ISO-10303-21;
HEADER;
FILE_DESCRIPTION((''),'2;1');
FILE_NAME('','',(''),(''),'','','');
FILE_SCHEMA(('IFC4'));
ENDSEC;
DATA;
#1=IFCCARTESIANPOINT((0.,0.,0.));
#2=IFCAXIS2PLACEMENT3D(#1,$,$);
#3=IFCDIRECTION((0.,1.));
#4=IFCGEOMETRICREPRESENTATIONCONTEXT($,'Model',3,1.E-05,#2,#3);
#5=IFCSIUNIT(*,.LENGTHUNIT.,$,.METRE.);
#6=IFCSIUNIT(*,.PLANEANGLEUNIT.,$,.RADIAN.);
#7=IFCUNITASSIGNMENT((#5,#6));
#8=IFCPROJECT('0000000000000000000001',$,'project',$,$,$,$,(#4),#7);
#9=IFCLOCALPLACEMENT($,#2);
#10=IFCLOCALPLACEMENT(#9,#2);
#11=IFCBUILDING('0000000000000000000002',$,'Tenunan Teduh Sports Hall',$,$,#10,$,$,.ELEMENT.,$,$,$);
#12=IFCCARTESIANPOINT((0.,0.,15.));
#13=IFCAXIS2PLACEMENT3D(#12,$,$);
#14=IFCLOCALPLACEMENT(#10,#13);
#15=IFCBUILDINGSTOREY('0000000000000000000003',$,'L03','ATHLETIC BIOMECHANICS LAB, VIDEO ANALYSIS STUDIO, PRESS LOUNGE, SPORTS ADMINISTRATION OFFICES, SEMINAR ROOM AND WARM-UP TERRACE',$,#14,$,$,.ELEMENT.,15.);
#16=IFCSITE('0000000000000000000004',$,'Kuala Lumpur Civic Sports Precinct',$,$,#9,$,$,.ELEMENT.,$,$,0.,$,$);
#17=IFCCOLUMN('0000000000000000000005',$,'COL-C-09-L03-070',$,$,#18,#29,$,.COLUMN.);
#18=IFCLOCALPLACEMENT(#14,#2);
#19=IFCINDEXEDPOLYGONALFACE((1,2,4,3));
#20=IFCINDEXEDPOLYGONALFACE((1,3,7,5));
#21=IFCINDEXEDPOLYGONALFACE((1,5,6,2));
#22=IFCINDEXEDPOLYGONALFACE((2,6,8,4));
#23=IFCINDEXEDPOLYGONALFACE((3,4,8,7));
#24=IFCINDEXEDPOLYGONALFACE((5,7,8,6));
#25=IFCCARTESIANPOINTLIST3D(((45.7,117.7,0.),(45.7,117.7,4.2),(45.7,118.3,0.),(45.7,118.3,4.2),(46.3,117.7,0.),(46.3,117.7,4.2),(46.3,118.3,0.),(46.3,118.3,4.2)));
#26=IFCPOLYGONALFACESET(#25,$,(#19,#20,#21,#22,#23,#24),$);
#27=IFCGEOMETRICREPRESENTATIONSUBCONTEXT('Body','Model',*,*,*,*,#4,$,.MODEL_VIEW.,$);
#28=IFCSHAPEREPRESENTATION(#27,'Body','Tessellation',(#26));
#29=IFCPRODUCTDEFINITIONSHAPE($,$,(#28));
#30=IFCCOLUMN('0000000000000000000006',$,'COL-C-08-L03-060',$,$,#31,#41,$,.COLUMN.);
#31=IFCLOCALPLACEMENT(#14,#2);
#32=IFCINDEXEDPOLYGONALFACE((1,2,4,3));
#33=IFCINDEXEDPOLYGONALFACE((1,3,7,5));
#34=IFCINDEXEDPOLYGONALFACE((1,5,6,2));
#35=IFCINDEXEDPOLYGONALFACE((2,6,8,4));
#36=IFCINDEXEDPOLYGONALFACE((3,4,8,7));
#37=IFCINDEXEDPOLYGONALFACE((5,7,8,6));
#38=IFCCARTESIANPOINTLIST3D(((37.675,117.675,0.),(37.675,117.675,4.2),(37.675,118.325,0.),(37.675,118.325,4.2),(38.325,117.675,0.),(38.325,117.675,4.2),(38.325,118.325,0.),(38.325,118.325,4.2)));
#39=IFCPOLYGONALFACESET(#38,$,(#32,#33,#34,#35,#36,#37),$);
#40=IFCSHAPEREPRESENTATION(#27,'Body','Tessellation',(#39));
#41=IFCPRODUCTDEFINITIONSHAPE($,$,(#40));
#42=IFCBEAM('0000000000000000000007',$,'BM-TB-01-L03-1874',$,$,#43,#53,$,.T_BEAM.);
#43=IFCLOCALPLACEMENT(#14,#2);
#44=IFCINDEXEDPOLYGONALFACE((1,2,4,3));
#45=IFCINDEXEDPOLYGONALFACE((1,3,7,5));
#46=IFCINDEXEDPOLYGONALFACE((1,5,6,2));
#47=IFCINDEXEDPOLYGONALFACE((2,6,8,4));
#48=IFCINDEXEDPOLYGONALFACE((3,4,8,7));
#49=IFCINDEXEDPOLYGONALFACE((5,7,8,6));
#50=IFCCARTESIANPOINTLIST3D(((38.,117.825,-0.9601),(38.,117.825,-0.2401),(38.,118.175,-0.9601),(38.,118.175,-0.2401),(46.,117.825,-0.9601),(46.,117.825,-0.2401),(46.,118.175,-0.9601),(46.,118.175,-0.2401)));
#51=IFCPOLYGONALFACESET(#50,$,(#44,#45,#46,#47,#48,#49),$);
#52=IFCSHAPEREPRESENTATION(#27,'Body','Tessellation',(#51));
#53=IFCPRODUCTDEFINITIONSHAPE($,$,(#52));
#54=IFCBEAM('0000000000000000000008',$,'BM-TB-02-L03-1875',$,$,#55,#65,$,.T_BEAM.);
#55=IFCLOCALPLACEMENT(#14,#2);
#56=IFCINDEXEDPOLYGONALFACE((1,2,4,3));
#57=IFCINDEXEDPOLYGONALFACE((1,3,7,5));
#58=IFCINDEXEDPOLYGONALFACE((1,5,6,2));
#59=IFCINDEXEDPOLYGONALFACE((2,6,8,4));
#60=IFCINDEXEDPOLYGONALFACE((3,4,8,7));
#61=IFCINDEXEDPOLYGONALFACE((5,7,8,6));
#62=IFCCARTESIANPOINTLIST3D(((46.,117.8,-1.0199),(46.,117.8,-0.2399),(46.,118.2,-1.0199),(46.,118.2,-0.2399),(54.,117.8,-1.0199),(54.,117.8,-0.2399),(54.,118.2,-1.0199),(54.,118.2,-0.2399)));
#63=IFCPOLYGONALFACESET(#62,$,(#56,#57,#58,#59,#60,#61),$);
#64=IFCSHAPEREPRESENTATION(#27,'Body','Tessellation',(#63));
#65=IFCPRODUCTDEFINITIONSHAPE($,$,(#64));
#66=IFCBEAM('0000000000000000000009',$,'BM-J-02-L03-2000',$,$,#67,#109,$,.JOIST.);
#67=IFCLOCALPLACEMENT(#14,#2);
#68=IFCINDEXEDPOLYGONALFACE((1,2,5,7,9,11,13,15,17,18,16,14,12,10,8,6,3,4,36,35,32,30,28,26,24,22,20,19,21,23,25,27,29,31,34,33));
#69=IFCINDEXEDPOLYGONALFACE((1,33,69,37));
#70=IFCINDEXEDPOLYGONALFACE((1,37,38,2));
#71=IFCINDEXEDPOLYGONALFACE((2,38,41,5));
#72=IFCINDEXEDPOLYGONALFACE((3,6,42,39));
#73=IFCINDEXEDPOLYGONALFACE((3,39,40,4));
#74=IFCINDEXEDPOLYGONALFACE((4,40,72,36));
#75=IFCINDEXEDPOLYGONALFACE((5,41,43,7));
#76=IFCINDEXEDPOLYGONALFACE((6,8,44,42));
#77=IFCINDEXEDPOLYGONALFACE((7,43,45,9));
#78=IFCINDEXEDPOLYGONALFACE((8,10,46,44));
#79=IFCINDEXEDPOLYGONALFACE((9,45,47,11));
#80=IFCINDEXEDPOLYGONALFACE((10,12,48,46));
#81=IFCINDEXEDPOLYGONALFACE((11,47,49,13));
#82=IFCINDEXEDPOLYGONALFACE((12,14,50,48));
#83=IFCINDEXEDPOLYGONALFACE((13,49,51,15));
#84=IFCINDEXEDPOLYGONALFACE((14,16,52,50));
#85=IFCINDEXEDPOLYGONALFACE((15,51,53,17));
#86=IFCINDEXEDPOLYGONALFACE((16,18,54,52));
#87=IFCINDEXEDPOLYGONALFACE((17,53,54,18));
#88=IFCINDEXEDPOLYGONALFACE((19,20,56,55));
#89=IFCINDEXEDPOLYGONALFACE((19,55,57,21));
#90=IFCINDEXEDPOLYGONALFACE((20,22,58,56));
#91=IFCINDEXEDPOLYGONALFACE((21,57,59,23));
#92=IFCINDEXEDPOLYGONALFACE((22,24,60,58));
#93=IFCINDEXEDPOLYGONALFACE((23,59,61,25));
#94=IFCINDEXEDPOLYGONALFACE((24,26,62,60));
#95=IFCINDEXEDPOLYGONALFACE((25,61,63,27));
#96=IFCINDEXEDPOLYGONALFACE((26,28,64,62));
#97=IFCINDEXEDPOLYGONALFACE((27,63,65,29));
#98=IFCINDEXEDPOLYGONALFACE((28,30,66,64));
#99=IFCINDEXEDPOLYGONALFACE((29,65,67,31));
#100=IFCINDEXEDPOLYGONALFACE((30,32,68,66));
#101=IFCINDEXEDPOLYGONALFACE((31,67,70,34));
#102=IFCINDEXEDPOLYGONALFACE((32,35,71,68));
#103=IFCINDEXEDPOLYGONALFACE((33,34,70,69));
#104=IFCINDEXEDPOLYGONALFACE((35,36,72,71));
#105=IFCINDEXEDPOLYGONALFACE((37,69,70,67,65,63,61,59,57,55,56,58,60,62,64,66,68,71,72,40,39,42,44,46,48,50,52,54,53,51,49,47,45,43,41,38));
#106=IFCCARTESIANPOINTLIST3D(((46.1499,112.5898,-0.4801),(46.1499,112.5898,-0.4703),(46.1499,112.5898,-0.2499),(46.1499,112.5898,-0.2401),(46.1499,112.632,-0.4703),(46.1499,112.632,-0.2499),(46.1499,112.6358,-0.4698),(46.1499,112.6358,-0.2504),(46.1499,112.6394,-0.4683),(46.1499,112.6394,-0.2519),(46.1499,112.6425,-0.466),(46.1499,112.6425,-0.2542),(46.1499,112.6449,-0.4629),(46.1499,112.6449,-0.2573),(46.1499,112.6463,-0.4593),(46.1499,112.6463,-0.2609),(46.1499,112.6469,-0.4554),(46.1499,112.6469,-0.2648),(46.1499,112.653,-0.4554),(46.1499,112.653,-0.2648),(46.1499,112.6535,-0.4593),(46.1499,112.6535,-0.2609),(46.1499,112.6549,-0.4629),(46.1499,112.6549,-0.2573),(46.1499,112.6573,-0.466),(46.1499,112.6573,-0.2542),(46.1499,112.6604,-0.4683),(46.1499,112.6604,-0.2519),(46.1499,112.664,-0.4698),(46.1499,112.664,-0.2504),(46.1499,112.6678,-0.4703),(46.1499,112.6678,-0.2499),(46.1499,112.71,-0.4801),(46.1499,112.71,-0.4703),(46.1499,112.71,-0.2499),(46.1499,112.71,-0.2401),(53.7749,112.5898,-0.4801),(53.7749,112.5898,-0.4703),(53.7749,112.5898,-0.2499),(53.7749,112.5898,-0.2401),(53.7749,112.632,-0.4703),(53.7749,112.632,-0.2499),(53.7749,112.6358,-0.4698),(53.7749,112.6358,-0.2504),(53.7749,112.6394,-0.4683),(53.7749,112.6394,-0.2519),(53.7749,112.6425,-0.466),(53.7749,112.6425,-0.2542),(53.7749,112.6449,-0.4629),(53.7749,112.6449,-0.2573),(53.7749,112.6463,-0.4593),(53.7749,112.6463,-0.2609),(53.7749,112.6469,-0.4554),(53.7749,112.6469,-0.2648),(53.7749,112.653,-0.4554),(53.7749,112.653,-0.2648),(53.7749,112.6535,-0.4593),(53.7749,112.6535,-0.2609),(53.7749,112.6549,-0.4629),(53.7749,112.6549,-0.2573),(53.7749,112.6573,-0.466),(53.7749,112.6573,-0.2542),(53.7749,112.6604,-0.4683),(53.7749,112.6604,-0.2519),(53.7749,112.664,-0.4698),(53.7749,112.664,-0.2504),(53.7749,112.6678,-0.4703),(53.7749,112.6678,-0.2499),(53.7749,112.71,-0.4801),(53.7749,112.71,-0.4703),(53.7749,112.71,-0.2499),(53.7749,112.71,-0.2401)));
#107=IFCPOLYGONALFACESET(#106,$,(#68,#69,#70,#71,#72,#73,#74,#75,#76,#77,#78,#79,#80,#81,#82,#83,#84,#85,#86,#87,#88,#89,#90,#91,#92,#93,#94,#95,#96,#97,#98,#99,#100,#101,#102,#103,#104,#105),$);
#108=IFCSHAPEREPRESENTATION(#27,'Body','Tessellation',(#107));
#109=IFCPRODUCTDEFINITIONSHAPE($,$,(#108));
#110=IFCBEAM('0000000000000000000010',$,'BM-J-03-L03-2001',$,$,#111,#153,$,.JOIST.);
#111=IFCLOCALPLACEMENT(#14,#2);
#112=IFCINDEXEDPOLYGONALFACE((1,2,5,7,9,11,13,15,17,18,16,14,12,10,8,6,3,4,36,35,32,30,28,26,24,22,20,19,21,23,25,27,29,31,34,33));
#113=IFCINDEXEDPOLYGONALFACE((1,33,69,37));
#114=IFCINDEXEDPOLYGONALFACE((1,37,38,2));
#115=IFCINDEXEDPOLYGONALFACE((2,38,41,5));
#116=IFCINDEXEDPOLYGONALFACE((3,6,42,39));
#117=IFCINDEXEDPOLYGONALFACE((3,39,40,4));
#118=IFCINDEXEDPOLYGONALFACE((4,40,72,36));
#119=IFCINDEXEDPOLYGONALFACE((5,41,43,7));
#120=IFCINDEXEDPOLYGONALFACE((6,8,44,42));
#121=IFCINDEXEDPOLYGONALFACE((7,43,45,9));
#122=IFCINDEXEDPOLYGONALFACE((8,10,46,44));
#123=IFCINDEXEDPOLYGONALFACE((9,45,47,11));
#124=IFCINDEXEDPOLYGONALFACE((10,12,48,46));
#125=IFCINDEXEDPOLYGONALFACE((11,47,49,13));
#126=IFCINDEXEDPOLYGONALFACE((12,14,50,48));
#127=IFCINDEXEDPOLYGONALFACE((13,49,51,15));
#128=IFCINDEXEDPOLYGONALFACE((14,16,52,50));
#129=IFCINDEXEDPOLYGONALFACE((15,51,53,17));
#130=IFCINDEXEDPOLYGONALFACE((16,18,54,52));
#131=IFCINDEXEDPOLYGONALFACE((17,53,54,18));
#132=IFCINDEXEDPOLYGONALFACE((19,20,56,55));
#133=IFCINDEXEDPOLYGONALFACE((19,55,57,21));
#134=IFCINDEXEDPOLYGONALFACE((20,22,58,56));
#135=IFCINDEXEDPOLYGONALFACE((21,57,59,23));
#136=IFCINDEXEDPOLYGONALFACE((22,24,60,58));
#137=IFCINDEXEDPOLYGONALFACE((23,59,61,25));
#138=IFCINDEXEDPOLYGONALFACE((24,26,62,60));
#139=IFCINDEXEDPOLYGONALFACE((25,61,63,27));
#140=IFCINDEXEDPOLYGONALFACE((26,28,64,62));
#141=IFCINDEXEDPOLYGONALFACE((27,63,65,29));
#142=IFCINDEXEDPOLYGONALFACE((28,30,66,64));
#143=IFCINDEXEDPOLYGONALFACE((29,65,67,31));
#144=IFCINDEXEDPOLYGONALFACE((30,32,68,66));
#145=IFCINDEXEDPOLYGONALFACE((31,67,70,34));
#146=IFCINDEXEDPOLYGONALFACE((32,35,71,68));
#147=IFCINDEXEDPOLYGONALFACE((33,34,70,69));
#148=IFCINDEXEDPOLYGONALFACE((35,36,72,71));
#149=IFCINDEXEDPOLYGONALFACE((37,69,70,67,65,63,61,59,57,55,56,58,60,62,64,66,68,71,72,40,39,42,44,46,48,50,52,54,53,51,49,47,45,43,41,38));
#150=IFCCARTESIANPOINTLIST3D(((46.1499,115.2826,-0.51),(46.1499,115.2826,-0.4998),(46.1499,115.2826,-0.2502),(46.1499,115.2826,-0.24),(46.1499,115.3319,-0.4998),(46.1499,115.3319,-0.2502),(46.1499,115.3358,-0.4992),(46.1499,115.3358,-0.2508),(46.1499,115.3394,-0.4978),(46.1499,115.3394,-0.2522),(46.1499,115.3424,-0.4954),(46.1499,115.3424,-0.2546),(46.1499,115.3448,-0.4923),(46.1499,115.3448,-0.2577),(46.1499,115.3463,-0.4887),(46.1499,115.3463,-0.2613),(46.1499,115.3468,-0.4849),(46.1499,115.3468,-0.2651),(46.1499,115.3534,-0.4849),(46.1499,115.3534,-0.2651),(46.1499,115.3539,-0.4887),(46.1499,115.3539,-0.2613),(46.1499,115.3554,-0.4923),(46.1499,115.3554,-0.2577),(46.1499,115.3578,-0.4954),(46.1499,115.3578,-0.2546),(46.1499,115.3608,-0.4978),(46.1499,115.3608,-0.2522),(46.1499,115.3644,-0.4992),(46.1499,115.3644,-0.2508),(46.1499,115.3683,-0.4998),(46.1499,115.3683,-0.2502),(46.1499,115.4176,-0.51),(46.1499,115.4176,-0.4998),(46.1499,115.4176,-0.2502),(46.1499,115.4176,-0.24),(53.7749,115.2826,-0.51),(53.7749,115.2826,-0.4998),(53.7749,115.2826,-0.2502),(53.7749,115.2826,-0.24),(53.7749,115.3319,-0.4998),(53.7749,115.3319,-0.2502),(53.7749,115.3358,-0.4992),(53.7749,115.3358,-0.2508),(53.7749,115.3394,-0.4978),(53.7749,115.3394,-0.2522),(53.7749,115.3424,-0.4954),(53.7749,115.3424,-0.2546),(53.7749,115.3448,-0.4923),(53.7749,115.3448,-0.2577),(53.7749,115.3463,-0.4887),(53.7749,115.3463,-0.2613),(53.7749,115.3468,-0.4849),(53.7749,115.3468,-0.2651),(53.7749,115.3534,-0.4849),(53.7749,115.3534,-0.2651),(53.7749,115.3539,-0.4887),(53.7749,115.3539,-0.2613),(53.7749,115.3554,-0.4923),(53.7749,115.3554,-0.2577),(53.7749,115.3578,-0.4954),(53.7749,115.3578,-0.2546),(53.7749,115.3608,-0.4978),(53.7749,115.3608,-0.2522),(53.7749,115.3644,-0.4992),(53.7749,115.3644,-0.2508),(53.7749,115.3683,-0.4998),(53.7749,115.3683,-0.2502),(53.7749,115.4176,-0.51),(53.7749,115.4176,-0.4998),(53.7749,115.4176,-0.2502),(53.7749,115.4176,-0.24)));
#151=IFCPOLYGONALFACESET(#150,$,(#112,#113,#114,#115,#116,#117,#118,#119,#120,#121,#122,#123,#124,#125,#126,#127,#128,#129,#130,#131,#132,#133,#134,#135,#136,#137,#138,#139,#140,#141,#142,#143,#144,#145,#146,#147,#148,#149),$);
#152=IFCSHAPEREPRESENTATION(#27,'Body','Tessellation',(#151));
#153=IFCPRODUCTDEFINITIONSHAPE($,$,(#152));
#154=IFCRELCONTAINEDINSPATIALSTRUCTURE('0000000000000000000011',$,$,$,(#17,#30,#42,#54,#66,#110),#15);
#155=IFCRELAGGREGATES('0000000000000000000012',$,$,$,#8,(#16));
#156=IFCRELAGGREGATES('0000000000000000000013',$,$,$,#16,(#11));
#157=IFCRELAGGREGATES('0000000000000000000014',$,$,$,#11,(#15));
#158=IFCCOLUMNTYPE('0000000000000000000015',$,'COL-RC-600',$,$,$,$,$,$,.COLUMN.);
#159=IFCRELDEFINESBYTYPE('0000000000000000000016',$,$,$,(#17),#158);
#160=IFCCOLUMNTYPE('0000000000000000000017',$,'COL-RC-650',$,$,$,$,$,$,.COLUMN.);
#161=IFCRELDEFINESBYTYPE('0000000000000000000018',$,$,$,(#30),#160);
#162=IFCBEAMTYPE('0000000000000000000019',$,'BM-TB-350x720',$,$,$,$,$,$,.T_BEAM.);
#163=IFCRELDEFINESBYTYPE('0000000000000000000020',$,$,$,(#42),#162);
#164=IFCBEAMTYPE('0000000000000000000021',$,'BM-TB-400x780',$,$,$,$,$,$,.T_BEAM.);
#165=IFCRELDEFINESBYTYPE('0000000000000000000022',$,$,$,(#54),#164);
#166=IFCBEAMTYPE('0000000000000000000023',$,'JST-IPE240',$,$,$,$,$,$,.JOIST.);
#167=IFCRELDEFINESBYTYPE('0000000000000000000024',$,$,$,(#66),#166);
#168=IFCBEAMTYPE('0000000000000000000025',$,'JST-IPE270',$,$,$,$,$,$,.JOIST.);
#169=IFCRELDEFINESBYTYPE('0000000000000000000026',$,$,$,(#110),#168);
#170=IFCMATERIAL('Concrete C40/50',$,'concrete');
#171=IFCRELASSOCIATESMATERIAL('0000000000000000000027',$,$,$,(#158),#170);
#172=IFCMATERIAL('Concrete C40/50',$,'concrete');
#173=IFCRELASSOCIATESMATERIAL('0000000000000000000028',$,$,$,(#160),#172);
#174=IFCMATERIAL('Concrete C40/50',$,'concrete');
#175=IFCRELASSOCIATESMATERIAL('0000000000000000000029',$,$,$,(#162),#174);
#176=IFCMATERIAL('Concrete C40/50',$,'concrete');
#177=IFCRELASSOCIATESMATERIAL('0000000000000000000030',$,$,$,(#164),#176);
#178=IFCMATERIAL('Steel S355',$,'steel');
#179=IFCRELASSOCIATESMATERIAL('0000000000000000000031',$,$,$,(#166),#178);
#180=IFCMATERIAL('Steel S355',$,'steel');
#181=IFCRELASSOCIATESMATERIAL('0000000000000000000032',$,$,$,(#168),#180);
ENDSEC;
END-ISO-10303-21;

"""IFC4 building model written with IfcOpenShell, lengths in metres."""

from ifc_helpers import new_model, si_unit, direction, frame, origin, origin_2d, place, context, subcontext, project, spatial, rectangle, i_section, extrude, material, material_profile, profile_set, type_object, element, save


model = new_model("IFC4")

# Units and contexts
model_context = context("Model", 3, precision=1e-05, world=origin(), true_north=direction((0.0, 1.0)))
body_context = subcontext(model_context, "Body", "Model", "MODEL_VIEW")
ifc_project = project(units=[si_unit("LENGTHUNIT", "METRE"), si_unit("PLANEANGLEUNIT", "RADIAN")], contexts=[model_context])

# Site, building, storey
site_placement = place(None, origin())
site = spatial("IfcSite", under=ifc_project, at=site_placement, Name="Kuala Lumpur Civic Sports Precinct", CompositionType="ELEMENT", RefElevation=0.0)
building_placement = place(site_placement, origin())
building = spatial("IfcBuilding", under=site, at=building_placement, Name="Tenunan Teduh Sports Hall", CompositionType="ELEMENT")
storey_placement = place(building_placement, frame((0.0, 0.0, 15.0)))
storey = spatial("IfcBuildingStorey", under=building, at=storey_placement, Name="L03", Description="ATHLETIC BIOMECHANICS LAB, VIDEO ANALYSIS STUDIO, PRESS LOUNGE, SPORTS ADMINISTRATION OFFICES, SEMINAR ROOM AND WARM-UP TERRACE", CompositionType="ELEMENT", Elevation=15.0)

# Columns
ifc_material_1 = material(Name="Concrete C40/50", Category="concrete")
ifc_material_profile_1 = material_profile(ifc_material_1, rectangle(XDim=0.6001, YDim=0.6001, at=origin_2d()), Name="RC 600x600")
ifc_profile_set_1 = profile_set([ifc_material_profile_1], Name="Concrete C40/50")
column_type_1 = type_object("IfcColumnType", Name="COL-RC-600", PredefinedType="COLUMN", material=ifc_profile_set_1)
column_1_placement = place(storey_placement, frame((46.0, 118.0, 0.0), z_axis=(0.0, 0.0, 1.0), x_axis=(1.0, 0.0, 0.0)))
element("IfcColumn", 1, at=column_1_placement, inside=storey, type_object=column_type_1, Name="COL-C-09-L03-070", PredefinedType="COLUMN", context=body_context, shape_type="SweptSolid", body=[
    extrude(rectangle(XDim=0.6001, YDim=0.6001, at=origin_2d()), origin(), (0.0, 0.0, 1.0), 4.2),
])
ifc_material_2 = material(Name="Concrete C40/50", Category="concrete")
ifc_material_profile_2 = material_profile(ifc_material_2, rectangle(XDim=0.6499, YDim=0.6499, at=origin_2d()), Name="RC 650x650")
ifc_profile_set_2 = profile_set([ifc_material_profile_2], Name="Concrete C40/50")
column_type_2 = type_object("IfcColumnType", Name="COL-RC-650", PredefinedType="COLUMN", material=ifc_profile_set_2)
column_2_placement = place(storey_placement, frame((38.0, 118.0, 0.0), z_axis=(0.0, 0.0, 1.0), x_axis=(1.0, 0.0, 0.0)))
element("IfcColumn", 2, at=column_2_placement, inside=storey, type_object=column_type_2, Name="COL-C-08-L03-060", PredefinedType="COLUMN", context=body_context, shape_type="SweptSolid", body=[
    extrude(rectangle(XDim=0.6499, YDim=0.6499, at=origin_2d()), origin(), (0.0, 0.0, 1.0), 4.2),
])

# Beams
ifc_material_3 = material(Name="Concrete C40/50", Category="concrete")
ifc_material_profile_3 = material_profile(ifc_material_3, rectangle(XDim=0.3501, YDim=0.72, at=origin_2d()), Name="TB 350x720")
ifc_profile_set_3 = profile_set([ifc_material_profile_3], Name="Concrete C40/50")
beam_type_1 = type_object("IfcBeamType", Name="BM-TB-350x720", PredefinedType="T_BEAM", material=ifc_profile_set_3)
beam_1_placement = place(storey_placement, frame((38.0, 118.0, -0.6001), z_axis=(1.0, 0.0, 0.0), x_axis=(0.0, 1.0, 0.0)))
element("IfcBeam", 3, at=beam_1_placement, inside=storey, type_object=beam_type_1, Name="BM-TB-01-L03-1874", PredefinedType="T_BEAM", context=body_context, shape_type="SweptSolid", body=[
    extrude(rectangle(XDim=0.3501, YDim=0.72, at=origin_2d()), origin(), (0.0, 0.0, 1.0), 8.0),
])
ifc_material_4 = material(Name="Concrete C40/50", Category="concrete")
ifc_material_profile_4 = material_profile(ifc_material_4, rectangle(XDim=0.3999, YDim=0.78, at=origin_2d()), Name="TB 400x780")
ifc_profile_set_4 = profile_set([ifc_material_profile_4], Name="Concrete C40/50")
beam_type_2 = type_object("IfcBeamType", Name="BM-TB-400x780", PredefinedType="T_BEAM", material=ifc_profile_set_4)
beam_2_placement = place(storey_placement, frame((46.0, 118.0, -0.6299), z_axis=(1.0, 0.0, 0.0), x_axis=(0.0, 1.0, 0.0)))
element("IfcBeam", 4, at=beam_2_placement, inside=storey, type_object=beam_type_2, Name="BM-TB-02-L03-1875", PredefinedType="T_BEAM", context=body_context, shape_type="SweptSolid", body=[
    extrude(rectangle(XDim=0.3999, YDim=0.78, at=origin_2d()), origin(), (0.0, 0.0, 1.0), 8.0),
])
ifc_material_5 = material(Name="Steel S355", Category="steel")
ifc_material_profile_5 = material_profile(ifc_material_5, i_section(OverallWidth=0.1201, OverallDepth=0.24, WebThickness=0.0061, FlangeThickness=0.0098, FilletRadius=0.0149, at=origin_2d()), Name="IPE 240")
ifc_profile_set_5 = profile_set([ifc_material_profile_5], Name="Steel S355")
beam_type_3 = type_object("IfcBeamType", Name="JST-IPE240", PredefinedType="JOIST", material=ifc_profile_set_5)
beam_3_placement = place(storey_placement, frame((46.1499, 112.6499, -0.3601), z_axis=(1.0, 0.0, 0.0), x_axis=(0.0, 1.0, 0.0)))
element("IfcBeam", 5, at=beam_3_placement, inside=storey, type_object=beam_type_3, Name="BM-J-02-L03-2000", PredefinedType="JOIST", context=body_context, shape_type="SweptSolid", body=[
    extrude(i_section(OverallWidth=0.1201, OverallDepth=0.24, WebThickness=0.0061, FlangeThickness=0.0098, FilletRadius=0.0149, at=origin_2d()), origin(), (0.0, 0.0, 1.0), 7.625),
])
ifc_material_6 = material(Name="Steel S355", Category="steel")
ifc_material_profile_6 = material_profile(ifc_material_6, i_section(OverallWidth=0.135, OverallDepth=0.27, WebThickness=0.0066, FlangeThickness=0.0103, FilletRadius=0.0149, at=origin_2d()), Name="IPE 270")
ifc_profile_set_6 = profile_set([ifc_material_profile_6], Name="Steel S355")
beam_type_4 = type_object("IfcBeamType", Name="JST-IPE270", PredefinedType="JOIST", material=ifc_profile_set_6)
beam_4_placement = place(storey_placement, frame((46.1499, 115.3501, -0.375), z_axis=(1.0, 0.0, 0.0), x_axis=(0.0, 1.0, 0.0)))
element("IfcBeam", 6, at=beam_4_placement, inside=storey, type_object=beam_type_4, Name="BM-J-03-L03-2001", PredefinedType="JOIST", context=body_context, shape_type="SweptSolid", body=[
    extrude(i_section(OverallWidth=0.135, OverallDepth=0.27, WebThickness=0.0066, FlangeThickness=0.0103, FilletRadius=0.0149, at=origin_2d()), origin(), (0.0, 0.0, 1.0), 7.625),
])

save(model, "model.ifc")
